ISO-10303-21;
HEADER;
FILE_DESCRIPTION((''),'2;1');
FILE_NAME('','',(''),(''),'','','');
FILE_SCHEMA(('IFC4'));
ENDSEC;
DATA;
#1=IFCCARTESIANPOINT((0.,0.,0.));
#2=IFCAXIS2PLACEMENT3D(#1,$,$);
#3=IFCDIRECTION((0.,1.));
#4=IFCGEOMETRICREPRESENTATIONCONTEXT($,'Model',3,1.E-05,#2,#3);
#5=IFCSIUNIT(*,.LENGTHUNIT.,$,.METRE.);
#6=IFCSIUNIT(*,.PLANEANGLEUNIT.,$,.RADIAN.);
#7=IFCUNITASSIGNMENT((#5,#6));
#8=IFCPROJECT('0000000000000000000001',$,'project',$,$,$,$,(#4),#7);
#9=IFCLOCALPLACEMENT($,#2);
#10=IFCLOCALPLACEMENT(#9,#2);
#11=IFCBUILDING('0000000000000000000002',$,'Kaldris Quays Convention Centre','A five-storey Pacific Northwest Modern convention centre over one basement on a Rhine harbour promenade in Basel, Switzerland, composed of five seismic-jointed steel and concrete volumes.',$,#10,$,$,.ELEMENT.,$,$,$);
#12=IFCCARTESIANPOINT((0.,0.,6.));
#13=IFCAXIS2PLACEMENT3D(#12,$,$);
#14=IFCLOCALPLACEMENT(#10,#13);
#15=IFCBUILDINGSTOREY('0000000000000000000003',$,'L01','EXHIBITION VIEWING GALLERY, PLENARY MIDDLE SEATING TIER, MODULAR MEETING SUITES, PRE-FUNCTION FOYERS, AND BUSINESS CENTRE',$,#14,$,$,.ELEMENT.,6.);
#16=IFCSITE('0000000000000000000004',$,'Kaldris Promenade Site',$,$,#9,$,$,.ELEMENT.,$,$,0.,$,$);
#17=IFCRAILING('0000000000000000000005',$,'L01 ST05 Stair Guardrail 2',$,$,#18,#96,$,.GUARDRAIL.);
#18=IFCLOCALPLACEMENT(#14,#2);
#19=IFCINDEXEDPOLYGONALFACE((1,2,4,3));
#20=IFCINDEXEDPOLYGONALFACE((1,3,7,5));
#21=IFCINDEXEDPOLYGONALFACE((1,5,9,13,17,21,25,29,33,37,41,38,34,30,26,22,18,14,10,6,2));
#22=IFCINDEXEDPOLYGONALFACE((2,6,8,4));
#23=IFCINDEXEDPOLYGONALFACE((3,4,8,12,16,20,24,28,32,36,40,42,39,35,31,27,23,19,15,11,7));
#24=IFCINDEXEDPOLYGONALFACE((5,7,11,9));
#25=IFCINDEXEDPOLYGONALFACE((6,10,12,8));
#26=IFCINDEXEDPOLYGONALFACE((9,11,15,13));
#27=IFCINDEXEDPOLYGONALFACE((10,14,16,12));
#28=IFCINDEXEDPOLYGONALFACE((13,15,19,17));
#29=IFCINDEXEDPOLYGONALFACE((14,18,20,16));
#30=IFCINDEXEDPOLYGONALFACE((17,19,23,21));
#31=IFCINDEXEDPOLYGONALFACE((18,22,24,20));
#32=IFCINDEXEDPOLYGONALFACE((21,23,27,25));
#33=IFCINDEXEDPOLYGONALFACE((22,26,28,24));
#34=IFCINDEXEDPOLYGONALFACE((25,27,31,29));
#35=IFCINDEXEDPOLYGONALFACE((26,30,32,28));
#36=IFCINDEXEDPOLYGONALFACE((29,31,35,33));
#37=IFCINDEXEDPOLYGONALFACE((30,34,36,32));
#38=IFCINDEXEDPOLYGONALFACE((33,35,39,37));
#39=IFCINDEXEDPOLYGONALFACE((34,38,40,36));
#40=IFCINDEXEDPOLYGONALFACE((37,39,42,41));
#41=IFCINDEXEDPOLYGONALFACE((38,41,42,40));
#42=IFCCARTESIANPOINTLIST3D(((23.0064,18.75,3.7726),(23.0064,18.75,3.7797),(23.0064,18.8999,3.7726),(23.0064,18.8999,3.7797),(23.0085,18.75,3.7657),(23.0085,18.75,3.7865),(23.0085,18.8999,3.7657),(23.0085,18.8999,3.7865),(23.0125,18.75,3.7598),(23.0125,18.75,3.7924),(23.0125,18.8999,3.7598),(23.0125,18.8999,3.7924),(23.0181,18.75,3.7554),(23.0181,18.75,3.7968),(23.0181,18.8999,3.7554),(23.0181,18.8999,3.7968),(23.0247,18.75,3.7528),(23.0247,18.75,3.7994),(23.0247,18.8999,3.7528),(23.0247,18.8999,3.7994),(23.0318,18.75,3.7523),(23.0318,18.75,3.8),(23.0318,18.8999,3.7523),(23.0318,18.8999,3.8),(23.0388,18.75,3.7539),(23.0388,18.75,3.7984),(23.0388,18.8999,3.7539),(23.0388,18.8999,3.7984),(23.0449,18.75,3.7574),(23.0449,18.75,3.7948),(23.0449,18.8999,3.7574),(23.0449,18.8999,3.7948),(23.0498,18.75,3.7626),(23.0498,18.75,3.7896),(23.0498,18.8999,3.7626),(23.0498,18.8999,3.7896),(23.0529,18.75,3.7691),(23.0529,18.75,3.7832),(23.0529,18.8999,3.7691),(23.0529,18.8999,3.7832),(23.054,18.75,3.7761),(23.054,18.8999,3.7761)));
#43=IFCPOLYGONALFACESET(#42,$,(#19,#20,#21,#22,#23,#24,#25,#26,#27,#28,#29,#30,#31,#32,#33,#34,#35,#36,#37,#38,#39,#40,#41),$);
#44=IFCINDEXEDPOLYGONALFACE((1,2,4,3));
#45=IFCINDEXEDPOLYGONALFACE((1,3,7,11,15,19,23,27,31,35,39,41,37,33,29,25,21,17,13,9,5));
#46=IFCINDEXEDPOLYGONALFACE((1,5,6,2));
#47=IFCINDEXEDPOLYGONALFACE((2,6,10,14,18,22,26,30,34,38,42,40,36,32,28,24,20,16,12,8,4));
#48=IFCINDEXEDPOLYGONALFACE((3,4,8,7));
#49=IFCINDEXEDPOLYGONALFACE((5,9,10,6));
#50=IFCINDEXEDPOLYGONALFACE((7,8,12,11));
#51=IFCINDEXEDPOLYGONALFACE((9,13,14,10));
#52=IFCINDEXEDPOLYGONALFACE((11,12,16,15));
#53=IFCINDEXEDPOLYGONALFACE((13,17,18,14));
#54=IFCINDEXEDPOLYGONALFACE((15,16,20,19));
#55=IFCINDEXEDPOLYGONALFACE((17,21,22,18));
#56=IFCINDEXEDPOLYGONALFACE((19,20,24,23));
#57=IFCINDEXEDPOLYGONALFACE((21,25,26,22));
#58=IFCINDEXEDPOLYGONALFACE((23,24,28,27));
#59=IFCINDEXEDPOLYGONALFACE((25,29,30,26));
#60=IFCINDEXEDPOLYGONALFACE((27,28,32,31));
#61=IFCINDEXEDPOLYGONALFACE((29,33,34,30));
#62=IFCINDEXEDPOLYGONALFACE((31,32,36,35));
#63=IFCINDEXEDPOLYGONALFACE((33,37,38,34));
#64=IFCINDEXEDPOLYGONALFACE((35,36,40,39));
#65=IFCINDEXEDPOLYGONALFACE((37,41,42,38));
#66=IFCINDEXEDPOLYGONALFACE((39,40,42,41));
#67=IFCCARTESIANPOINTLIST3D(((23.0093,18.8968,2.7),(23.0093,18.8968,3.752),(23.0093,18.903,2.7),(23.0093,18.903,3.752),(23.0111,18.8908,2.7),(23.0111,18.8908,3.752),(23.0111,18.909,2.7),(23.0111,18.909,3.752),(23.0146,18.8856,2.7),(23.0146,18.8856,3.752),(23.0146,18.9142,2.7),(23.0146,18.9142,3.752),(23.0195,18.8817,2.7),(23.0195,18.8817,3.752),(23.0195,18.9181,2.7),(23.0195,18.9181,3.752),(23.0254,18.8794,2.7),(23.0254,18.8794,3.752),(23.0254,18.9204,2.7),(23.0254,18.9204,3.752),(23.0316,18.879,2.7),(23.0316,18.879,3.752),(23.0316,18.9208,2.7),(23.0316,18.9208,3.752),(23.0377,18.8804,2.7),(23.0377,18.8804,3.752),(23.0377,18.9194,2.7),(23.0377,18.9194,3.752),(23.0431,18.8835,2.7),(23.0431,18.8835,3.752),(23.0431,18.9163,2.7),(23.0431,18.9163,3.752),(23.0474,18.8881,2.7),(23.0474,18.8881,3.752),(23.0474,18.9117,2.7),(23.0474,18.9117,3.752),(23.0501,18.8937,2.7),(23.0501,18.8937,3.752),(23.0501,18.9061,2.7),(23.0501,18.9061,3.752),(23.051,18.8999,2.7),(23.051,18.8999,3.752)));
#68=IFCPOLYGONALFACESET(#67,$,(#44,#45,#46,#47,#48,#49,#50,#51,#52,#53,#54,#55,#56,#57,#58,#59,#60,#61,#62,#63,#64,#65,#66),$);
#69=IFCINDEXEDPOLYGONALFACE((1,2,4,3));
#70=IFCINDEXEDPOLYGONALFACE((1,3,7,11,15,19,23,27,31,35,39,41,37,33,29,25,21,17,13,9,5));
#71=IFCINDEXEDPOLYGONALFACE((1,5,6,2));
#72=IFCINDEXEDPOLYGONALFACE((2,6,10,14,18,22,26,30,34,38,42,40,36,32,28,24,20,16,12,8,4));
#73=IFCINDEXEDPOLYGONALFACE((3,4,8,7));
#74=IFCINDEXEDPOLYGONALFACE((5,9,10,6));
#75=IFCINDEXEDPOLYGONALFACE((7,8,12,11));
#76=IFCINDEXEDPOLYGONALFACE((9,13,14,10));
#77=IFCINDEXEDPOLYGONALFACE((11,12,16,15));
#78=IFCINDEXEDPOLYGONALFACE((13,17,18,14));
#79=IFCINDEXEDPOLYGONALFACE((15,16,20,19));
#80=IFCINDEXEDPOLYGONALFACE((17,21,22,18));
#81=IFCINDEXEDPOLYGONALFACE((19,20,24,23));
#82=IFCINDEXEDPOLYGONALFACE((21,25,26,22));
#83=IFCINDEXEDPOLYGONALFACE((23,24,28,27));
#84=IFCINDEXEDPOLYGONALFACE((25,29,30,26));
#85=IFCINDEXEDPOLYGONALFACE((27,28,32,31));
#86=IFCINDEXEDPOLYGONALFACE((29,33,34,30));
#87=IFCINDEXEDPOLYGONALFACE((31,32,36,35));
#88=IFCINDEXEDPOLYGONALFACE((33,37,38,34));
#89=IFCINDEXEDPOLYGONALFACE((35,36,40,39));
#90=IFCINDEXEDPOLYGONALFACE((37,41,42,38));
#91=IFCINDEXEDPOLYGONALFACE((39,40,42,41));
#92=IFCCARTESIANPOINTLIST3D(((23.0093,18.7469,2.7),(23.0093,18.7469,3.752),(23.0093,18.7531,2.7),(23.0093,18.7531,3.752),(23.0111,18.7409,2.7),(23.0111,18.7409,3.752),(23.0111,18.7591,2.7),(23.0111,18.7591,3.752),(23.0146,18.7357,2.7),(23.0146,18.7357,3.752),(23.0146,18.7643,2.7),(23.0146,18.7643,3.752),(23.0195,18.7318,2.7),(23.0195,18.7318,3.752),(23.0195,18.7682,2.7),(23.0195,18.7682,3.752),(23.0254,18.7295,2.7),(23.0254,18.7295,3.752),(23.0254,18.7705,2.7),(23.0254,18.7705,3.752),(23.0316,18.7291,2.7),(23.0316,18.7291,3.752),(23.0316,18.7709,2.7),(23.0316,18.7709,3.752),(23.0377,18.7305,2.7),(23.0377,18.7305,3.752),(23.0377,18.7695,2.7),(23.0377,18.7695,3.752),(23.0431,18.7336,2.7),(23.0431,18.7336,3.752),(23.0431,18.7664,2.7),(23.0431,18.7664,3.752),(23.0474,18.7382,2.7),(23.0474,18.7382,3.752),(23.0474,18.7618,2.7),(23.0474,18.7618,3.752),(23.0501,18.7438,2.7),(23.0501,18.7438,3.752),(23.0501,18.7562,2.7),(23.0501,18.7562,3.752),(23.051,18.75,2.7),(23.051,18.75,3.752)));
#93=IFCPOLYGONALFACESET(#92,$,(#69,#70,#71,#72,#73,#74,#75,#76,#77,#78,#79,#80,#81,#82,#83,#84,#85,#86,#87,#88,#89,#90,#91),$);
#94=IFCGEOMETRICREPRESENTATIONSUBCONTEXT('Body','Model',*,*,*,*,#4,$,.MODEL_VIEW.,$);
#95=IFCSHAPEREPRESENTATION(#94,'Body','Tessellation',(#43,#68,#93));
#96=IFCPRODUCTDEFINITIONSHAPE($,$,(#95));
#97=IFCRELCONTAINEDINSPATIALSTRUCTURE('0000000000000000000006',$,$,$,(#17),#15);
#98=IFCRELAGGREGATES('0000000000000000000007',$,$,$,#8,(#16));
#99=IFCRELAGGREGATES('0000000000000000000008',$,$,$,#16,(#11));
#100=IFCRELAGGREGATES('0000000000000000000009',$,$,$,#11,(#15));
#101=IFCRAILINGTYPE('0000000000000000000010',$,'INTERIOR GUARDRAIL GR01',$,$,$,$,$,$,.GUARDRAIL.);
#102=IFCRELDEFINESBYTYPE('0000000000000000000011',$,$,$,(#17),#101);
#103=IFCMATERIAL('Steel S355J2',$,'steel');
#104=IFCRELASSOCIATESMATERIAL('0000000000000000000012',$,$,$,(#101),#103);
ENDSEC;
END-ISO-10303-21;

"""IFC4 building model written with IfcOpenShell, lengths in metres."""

from ifc_helpers import new_model, si_unit, direction, frame, origin, origin_2d, place, context, subcontext, project, spatial, circle, extrude, material, type_object, element, save


model = new_model("IFC4")

# Units and contexts
model_context = context("Model", 3, precision=1e-05, world=origin(), true_north=direction((0.0, 1.0)))
body_context = subcontext(model_context, "Body", "Model", "MODEL_VIEW")
ifc_project = project(units=[si_unit("LENGTHUNIT", "METRE"), si_unit("PLANEANGLEUNIT", "RADIAN")], contexts=[model_context])

# Site, building, storey
site_placement = place(None, origin())
site = spatial("IfcSite", under=ifc_project, at=site_placement, Name="Kaldris Promenade Site", CompositionType="ELEMENT", RefElevation=0.0)
building_placement = place(site_placement, origin())
building = spatial("IfcBuilding", under=site, at=building_placement, Name="Kaldris Quays Convention Centre", Description="A five-storey Pacific Northwest Modern convention centre over one basement on a Rhine harbour promenade in Basel, Switzerland, composed of five seismic-jointed steel and concrete volumes.", CompositionType="ELEMENT")
storey_placement = place(building_placement, frame((0.0, 0.0, 6.0)))
storey = spatial("IfcBuildingStorey", under=building, at=storey_placement, Name="L01", Description="EXHIBITION VIEWING GALLERY, PLENARY MIDDLE SEATING TIER, MODULAR MEETING SUITES, PRE-FUNCTION FOYERS, AND BUSINESS CENTRE", CompositionType="ELEMENT", Elevation=6.0)

# Shared definitions
ifc_material_1 = material(Name="Steel S355J2", Category="steel")

# Railing
railing_type_1 = type_object("IfcRailingType", Name="INTERIOR GUARDRAIL GR01", PredefinedType="GUARDRAIL", material=ifc_material_1)
railing_1_placement = place(storey_placement, frame((23.03, 18.8999, 2.7)))
element("IfcRailing", 1, at=railing_1_placement, inside=storey, type_object=railing_type_1, Name="L01 ST05 Stair Guardrail 2", PredefinedType="GUARDRAIL", context=body_context, shape_type="SweptSolid", body=[
    extrude(circle(Radius=0.0239, at=origin_2d()), frame((0.0, 0.0, 1.0762), z_axis=(0.0, -1.0, 0.0), x_axis=(1.0, 0.0, 0.0)), (0.0, 0.0, 1.0), 0.1499),
    extrude(circle(Radius=0.021, at=origin_2d()), origin(), (0.0, 0.0, 1.0), 1.052),
    extrude(circle(Radius=0.021, at=origin_2d()), frame((0.0, -0.1499, 0.0)), (0.0, 0.0, 1.0), 1.052),
])

save(model, "model.ifc")
